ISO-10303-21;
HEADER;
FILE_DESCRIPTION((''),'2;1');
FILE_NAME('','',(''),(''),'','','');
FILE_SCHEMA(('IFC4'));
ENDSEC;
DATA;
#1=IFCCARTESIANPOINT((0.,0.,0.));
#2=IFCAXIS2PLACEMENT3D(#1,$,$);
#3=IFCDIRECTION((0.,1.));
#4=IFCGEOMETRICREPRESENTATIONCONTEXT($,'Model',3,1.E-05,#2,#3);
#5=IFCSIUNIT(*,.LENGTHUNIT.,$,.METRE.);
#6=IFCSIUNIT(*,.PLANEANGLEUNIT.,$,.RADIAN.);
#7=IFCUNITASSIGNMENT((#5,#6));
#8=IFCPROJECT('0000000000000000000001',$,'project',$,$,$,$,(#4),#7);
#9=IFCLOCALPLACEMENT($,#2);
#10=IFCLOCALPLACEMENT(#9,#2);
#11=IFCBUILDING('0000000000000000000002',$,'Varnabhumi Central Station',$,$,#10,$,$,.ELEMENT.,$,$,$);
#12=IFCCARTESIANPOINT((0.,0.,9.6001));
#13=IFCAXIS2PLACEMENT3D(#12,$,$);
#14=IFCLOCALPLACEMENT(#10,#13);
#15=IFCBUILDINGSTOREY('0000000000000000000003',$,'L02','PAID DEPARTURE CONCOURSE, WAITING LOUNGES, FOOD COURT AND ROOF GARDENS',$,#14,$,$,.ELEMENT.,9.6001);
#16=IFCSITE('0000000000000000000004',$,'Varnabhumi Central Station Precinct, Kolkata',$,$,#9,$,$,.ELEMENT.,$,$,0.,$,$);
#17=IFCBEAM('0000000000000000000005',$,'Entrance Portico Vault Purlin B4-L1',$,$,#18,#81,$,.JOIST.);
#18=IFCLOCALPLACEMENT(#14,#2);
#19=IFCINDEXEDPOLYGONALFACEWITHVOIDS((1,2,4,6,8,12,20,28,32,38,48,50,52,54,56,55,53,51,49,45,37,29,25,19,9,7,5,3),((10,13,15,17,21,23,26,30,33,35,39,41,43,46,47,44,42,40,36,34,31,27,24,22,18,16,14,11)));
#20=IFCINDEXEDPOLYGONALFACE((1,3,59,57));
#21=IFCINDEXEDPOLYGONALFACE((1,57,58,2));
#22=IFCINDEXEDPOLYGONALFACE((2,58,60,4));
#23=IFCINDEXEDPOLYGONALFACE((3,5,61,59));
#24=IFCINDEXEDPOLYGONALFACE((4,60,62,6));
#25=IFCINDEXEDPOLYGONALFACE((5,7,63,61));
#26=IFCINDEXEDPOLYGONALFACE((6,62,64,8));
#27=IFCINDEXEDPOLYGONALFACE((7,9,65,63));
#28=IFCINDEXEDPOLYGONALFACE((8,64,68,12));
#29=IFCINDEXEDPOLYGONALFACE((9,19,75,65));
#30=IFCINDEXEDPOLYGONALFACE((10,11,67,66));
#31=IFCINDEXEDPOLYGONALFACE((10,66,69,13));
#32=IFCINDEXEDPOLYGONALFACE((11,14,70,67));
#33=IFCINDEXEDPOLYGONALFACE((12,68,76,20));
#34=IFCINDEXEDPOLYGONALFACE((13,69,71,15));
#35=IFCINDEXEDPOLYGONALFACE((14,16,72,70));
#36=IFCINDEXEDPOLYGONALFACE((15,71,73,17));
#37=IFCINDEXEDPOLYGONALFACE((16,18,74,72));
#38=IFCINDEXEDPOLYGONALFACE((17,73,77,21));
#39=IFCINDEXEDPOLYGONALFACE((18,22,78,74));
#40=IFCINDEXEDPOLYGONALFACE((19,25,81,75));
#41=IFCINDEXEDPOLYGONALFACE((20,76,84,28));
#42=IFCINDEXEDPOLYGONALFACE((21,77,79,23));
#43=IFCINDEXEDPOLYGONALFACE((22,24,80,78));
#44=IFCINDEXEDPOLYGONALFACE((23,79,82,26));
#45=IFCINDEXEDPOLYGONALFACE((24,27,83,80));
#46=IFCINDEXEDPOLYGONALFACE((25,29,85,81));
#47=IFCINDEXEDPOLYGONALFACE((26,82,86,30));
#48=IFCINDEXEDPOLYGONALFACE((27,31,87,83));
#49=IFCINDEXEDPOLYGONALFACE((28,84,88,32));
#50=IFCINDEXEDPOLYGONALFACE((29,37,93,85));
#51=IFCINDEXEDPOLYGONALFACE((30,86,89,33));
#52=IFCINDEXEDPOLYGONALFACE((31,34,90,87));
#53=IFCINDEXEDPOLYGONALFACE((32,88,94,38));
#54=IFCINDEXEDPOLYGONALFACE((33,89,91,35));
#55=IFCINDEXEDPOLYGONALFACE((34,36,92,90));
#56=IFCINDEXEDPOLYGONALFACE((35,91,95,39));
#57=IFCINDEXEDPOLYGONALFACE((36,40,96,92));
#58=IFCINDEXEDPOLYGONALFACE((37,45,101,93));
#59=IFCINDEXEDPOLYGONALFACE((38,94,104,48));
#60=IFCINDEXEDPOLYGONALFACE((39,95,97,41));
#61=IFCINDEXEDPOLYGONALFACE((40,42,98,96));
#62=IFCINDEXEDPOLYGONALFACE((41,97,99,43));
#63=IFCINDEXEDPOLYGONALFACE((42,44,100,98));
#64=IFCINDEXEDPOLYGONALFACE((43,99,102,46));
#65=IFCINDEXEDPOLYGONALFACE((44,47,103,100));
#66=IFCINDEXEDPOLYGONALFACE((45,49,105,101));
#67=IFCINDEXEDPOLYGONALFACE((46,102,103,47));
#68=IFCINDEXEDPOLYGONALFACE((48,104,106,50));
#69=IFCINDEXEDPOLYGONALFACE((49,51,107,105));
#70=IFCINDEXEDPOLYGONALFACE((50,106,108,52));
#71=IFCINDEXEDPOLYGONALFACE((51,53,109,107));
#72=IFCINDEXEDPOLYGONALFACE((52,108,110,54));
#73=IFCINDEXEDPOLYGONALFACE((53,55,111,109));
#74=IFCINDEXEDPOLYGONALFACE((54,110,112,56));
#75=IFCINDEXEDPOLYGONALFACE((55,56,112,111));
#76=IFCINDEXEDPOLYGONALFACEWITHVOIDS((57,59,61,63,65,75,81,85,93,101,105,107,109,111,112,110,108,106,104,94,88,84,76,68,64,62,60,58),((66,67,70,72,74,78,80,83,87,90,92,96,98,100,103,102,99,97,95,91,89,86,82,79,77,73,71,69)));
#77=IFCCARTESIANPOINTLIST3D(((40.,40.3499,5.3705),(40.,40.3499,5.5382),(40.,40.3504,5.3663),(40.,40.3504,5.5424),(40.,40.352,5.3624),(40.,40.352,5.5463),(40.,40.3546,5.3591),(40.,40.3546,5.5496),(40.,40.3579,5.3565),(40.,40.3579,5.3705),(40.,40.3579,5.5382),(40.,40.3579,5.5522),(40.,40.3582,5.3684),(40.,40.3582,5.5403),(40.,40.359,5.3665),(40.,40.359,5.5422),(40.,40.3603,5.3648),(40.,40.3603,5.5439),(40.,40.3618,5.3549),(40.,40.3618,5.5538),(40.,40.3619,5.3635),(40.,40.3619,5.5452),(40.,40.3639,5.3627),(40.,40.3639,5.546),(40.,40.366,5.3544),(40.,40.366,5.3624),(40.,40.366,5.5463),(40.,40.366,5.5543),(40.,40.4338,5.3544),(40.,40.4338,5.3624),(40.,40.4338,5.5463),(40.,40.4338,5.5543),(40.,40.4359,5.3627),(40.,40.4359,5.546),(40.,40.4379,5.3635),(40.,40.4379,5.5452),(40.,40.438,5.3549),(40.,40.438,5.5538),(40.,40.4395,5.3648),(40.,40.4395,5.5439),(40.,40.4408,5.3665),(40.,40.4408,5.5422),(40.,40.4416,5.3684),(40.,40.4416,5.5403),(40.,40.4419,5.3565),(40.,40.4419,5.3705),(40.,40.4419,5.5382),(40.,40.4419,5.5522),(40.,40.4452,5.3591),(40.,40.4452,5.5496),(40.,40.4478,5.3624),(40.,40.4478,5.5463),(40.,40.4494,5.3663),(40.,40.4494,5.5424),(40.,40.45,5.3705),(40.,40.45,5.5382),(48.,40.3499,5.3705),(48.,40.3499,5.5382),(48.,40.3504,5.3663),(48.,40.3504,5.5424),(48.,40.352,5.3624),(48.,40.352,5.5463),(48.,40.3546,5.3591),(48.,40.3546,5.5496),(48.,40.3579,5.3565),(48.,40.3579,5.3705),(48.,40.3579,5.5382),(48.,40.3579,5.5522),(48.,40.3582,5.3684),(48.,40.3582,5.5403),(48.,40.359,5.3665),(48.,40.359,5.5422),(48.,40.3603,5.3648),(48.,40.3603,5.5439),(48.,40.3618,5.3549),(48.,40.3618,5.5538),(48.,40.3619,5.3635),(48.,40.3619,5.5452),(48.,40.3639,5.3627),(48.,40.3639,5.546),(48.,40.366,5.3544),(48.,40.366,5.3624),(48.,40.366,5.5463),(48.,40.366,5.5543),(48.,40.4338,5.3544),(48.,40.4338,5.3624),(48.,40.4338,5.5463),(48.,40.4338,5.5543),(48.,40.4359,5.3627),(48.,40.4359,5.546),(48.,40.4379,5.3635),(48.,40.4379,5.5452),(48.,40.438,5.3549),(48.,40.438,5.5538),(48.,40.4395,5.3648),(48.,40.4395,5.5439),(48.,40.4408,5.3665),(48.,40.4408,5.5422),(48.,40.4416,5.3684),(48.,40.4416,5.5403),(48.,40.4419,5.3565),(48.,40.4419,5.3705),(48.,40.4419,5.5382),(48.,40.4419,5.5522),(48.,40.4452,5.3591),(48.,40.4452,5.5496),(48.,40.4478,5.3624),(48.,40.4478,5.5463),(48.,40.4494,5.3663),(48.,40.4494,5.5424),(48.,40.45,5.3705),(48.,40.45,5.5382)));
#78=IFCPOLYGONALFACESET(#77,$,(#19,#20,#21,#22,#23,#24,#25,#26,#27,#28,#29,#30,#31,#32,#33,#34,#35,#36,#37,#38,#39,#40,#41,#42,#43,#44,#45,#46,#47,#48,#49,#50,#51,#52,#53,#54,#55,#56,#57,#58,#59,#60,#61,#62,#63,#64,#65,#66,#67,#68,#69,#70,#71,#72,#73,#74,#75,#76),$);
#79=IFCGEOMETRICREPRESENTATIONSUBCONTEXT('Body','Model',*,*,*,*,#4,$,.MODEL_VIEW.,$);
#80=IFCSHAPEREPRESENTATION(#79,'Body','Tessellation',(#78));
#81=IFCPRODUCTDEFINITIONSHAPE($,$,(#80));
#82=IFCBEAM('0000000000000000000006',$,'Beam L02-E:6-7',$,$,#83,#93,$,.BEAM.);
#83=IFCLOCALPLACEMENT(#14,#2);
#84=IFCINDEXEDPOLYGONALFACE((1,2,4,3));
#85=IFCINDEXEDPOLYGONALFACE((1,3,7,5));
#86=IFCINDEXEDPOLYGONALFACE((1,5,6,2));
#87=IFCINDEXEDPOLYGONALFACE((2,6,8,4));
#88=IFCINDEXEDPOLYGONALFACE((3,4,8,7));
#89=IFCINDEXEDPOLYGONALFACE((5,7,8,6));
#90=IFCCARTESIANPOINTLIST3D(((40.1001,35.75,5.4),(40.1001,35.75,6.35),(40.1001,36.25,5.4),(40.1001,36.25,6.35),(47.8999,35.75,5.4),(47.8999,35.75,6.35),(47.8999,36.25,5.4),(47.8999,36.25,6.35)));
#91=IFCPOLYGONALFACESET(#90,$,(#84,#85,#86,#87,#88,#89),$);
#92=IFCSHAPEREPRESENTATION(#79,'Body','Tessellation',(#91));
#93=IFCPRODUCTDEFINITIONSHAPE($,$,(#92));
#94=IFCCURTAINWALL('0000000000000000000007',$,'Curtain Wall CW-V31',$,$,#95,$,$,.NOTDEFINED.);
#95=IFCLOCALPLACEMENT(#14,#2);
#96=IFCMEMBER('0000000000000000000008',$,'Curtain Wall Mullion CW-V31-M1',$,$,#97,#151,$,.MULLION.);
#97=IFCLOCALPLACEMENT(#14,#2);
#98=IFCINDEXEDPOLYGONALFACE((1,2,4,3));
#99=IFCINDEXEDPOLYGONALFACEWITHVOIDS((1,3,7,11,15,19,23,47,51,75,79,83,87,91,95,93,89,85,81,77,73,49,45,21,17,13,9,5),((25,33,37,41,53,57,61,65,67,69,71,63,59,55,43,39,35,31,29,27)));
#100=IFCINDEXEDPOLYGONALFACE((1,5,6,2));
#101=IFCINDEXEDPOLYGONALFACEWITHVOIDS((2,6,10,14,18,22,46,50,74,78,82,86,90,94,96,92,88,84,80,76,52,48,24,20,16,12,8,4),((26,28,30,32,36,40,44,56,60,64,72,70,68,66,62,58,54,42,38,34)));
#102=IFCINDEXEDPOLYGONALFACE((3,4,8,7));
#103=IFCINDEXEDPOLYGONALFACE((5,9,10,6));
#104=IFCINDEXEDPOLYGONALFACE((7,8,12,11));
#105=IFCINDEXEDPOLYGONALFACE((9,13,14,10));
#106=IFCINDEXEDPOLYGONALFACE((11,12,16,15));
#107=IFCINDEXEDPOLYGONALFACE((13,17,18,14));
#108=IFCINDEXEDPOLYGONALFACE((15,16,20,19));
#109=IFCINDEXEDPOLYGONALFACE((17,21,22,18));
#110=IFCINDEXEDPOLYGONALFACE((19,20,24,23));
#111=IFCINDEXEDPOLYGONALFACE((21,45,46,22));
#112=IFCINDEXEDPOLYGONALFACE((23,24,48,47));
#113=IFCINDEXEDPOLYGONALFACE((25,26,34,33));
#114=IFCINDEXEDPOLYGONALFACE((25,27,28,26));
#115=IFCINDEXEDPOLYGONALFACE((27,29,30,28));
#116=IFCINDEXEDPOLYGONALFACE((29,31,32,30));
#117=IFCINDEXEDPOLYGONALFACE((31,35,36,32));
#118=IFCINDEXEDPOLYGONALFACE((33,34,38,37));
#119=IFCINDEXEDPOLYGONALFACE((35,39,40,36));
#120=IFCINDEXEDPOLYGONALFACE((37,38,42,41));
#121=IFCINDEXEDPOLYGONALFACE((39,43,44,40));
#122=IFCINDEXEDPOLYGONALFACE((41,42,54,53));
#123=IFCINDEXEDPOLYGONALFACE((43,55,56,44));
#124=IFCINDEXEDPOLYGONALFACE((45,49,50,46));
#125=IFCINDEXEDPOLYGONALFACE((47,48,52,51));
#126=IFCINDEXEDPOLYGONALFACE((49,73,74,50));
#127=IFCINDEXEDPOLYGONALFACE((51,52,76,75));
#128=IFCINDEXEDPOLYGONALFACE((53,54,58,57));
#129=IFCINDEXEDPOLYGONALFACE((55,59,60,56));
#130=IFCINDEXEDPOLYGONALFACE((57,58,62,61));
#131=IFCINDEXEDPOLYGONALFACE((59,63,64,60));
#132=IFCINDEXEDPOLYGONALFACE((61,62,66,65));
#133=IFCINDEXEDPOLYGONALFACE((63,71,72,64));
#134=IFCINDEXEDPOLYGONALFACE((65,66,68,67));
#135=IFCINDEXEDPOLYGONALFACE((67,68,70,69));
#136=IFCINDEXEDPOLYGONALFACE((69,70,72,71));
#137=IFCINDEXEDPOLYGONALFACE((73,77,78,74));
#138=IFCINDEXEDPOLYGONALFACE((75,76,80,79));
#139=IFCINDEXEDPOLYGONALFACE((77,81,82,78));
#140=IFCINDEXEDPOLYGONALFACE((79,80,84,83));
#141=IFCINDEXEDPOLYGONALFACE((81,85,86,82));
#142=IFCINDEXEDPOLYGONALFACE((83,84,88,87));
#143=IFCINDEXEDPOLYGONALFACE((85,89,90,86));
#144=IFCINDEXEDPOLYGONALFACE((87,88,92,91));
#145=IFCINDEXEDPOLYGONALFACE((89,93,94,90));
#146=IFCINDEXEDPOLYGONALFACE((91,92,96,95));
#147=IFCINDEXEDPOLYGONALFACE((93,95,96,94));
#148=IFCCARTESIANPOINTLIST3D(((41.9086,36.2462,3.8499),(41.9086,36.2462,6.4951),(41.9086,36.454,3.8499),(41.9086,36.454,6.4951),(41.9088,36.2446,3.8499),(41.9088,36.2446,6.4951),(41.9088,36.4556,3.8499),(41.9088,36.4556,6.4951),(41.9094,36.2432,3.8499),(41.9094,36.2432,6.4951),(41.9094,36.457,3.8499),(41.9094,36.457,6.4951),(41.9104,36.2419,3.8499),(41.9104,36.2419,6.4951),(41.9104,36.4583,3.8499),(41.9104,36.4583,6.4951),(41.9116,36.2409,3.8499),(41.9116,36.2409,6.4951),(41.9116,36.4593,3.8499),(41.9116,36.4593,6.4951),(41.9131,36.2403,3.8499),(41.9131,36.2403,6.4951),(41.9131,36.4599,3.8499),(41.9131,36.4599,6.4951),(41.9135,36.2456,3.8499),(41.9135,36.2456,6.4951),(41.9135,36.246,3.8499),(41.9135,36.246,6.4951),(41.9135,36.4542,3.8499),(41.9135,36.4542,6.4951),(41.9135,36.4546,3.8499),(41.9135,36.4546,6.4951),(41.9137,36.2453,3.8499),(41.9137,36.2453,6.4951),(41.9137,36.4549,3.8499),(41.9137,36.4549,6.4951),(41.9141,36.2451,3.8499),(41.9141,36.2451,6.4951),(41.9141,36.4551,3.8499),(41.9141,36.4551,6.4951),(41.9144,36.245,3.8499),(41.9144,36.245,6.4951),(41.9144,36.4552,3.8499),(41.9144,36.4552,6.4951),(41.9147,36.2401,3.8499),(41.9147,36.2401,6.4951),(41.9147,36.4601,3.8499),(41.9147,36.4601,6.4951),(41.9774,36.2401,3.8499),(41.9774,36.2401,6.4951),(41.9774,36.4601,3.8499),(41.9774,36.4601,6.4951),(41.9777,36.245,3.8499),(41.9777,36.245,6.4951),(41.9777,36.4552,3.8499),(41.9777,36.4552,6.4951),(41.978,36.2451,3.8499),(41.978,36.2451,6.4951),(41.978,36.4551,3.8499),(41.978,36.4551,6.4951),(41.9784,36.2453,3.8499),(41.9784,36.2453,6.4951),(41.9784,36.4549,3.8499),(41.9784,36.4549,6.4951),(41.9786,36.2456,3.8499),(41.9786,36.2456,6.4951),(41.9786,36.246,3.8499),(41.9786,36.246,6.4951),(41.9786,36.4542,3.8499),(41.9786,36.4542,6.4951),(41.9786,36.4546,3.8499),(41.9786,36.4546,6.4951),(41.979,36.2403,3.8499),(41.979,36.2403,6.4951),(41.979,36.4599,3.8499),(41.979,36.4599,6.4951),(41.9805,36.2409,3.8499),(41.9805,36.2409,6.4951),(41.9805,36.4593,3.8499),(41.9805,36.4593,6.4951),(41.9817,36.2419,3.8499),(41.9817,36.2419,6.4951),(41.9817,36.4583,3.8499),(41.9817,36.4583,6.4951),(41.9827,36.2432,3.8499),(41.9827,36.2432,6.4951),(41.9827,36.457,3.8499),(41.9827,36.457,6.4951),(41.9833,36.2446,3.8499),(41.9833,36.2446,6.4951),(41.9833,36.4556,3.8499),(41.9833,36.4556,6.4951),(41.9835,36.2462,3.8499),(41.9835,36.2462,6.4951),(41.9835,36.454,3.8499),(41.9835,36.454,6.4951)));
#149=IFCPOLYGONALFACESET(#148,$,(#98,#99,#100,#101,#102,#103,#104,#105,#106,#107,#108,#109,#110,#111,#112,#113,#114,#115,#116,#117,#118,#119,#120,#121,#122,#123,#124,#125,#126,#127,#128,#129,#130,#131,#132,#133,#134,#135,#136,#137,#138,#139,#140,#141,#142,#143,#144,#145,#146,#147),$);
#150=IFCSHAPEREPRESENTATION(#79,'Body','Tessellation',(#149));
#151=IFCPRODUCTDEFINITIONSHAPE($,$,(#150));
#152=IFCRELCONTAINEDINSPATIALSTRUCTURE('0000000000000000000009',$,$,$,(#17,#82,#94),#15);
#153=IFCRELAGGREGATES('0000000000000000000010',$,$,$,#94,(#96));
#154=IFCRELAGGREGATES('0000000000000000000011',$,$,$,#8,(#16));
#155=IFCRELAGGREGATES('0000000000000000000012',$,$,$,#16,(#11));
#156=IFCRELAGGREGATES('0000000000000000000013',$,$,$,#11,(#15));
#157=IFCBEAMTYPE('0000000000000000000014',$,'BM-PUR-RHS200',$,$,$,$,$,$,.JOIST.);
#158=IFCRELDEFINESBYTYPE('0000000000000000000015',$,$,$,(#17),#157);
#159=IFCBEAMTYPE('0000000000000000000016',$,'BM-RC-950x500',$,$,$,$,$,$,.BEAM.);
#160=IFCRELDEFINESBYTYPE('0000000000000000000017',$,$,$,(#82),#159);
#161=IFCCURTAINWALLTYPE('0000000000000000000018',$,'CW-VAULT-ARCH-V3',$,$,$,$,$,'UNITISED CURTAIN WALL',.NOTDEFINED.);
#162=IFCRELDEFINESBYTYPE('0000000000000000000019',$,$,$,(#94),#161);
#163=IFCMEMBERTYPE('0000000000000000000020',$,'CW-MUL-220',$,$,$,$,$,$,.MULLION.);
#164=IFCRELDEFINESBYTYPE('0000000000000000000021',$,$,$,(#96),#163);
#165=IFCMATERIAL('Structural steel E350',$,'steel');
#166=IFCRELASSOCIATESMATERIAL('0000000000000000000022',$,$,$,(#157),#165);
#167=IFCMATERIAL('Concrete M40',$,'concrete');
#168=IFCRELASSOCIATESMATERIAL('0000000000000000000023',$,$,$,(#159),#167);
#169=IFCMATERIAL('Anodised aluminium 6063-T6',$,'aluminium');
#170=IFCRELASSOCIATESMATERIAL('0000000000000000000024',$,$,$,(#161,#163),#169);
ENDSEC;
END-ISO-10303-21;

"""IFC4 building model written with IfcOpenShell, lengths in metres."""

from ifc_helpers import new_model, si_unit, direction, frame, origin, origin_2d, place, context, subcontext, project, spatial, rectangle, hollow_rectangle, extrude, material, material_profile, profile_set, type_object, element, aggregate, save


model = new_model("IFC4")

# Units and contexts
model_context = context("Model", 3, precision=1e-05, world=origin(), true_north=direction((0.0, 1.0)))
body_context = subcontext(model_context, "Body", "Model", "MODEL_VIEW")
ifc_project = project(units=[si_unit("LENGTHUNIT", "METRE"), si_unit("PLANEANGLEUNIT", "RADIAN")], contexts=[model_context])

# Site, building, storey
site_placement = place(None, origin())
site = spatial("IfcSite", under=ifc_project, at=site_placement, Name="Varnabhumi Central Station Precinct, Kolkata", CompositionType="ELEMENT", RefElevation=0.0)
building_placement = place(site_placement, origin())
building = spatial("IfcBuilding", under=site, at=building_placement, Name="Varnabhumi Central Station", CompositionType="ELEMENT")
storey_placement = place(building_placement, frame((0.0, 0.0, 9.6001)))
storey = spatial("IfcBuildingStorey", under=building, at=storey_placement, Name="L02", Description="PAID DEPARTURE CONCOURSE, WAITING LOUNGES, FOOD COURT AND ROOF GARDENS", CompositionType="ELEMENT", Elevation=9.6001)

# Beams
ifc_material_1 = material(Name="Structural steel E350", Category="steel")
ifc_material_profile_1 = material_profile(ifc_material_1, hollow_rectangle(XDim=0.1001, YDim=0.2, WallThickness=0.0081, InnerFilletRadius=0.0081, OuterFilletRadius=0.0161, at=origin_2d()), Name="Structural steel E350", Category="steel")
ifc_profile_set_1 = profile_set([ifc_material_profile_1], Name="Structural steel E350")
beam_type_1 = type_object("IfcBeamType", Name="BM-PUR-RHS200", PredefinedType="JOIST", material=ifc_profile_set_1)
beam_1_placement = place(storey_placement, frame((40.0, 40.3999, 5.4543), z_axis=(1.0, 0.0, 0.0), x_axis=(0.0, 1.0, 0.0)))
element("IfcBeam", 1, at=beam_1_placement, inside=storey, type_object=beam_type_1, Name="Entrance Portico Vault Purlin B4-L1", PredefinedType="JOIST", context=body_context, shape_type="SweptSolid", body=[
    extrude(hollow_rectangle(XDim=0.1001, YDim=0.2, WallThickness=0.0081, InnerFilletRadius=0.0081, OuterFilletRadius=0.0161, at=origin_2d()), origin(), (0.0, 0.0, 1.0), 8.0),
])
ifc_material_2 = material(Name="Concrete M40", Category="concrete")
ifc_material_profile_2 = material_profile(ifc_material_2, rectangle(XDim=0.5, YDim=0.95, at=origin_2d()), Name="Concrete M40", Category="concrete")
ifc_profile_set_2 = profile_set([ifc_material_profile_2], Name="Concrete M40")
beam_type_2 = type_object("IfcBeamType", Name="BM-RC-950x500", PredefinedType="BEAM", material=ifc_profile_set_2)
beam_2_placement = place(storey_placement, frame((40.1001, 36.0, 5.875), z_axis=(1.0, 0.0, 0.0), x_axis=(0.0, 1.0, 0.0)))
element("IfcBeam", 2, at=beam_2_placement, inside=storey, type_object=beam_type_2, Name="Beam L02-E:6-7", PredefinedType="BEAM", context=body_context, shape_type="SweptSolid", body=[
    extrude(rectangle(XDim=0.5, YDim=0.95, at=origin_2d()), origin(), (0.0, 0.0, 1.0), 7.7998),
])

# Curtain wall, member
ifc_material_3 = material(Name="Anodised aluminium 6063-T6", Category="aluminium")
curtain_wall_type = type_object("IfcCurtainWallType", Name="CW-VAULT-ARCH-V3", ElementType="UNITISED CURTAIN WALL", PredefinedType="NOTDEFINED", material=ifc_material_3)
curtain_wall_placement = place(storey_placement, origin())
curtain_wall = element("IfcCurtainWall", 3, at=curtain_wall_placement, inside=storey, type_object=curtain_wall_type, Name="Curtain Wall CW-V31", PredefinedType="NOTDEFINED")
ifc_material_profile_3 = material_profile(ifc_material_3, hollow_rectangle(XDim=0.075, YDim=0.22, WallThickness=0.0049, InnerFilletRadius=0.001, OuterFilletRadius=0.0061, at=origin_2d()), Name="Anodised aluminium 6063-T6", Category="aluminium")
ifc_profile_set_3 = profile_set([ifc_material_profile_3], Name="Anodised aluminium 6063-T6")
member_type_1 = type_object("IfcMemberType", Name="CW-MUL-220", PredefinedType="MULLION", material=ifc_profile_set_3)
member_1_placement = place(storey_placement, frame((41.946, 36.3501, 3.8499), z_axis=(0.0, 0.0, 1.0), x_axis=(1.0, 0.0, 0.0)))
member_1 = element("IfcMember", 4, at=member_1_placement, type_object=member_type_1, Name="Curtain Wall Mullion CW-V31-M1", PredefinedType="MULLION", context=body_context, shape_type="SweptSolid", body=[
    extrude(hollow_rectangle(XDim=0.075, YDim=0.22, WallThickness=0.0049, InnerFilletRadius=0.001, OuterFilletRadius=0.0061, at=origin_2d()), origin(), (0.0, 0.0, 1.0), 2.6453),
])

aggregate(curtain_wall, [member_1])

save(model, "model.ifc")
